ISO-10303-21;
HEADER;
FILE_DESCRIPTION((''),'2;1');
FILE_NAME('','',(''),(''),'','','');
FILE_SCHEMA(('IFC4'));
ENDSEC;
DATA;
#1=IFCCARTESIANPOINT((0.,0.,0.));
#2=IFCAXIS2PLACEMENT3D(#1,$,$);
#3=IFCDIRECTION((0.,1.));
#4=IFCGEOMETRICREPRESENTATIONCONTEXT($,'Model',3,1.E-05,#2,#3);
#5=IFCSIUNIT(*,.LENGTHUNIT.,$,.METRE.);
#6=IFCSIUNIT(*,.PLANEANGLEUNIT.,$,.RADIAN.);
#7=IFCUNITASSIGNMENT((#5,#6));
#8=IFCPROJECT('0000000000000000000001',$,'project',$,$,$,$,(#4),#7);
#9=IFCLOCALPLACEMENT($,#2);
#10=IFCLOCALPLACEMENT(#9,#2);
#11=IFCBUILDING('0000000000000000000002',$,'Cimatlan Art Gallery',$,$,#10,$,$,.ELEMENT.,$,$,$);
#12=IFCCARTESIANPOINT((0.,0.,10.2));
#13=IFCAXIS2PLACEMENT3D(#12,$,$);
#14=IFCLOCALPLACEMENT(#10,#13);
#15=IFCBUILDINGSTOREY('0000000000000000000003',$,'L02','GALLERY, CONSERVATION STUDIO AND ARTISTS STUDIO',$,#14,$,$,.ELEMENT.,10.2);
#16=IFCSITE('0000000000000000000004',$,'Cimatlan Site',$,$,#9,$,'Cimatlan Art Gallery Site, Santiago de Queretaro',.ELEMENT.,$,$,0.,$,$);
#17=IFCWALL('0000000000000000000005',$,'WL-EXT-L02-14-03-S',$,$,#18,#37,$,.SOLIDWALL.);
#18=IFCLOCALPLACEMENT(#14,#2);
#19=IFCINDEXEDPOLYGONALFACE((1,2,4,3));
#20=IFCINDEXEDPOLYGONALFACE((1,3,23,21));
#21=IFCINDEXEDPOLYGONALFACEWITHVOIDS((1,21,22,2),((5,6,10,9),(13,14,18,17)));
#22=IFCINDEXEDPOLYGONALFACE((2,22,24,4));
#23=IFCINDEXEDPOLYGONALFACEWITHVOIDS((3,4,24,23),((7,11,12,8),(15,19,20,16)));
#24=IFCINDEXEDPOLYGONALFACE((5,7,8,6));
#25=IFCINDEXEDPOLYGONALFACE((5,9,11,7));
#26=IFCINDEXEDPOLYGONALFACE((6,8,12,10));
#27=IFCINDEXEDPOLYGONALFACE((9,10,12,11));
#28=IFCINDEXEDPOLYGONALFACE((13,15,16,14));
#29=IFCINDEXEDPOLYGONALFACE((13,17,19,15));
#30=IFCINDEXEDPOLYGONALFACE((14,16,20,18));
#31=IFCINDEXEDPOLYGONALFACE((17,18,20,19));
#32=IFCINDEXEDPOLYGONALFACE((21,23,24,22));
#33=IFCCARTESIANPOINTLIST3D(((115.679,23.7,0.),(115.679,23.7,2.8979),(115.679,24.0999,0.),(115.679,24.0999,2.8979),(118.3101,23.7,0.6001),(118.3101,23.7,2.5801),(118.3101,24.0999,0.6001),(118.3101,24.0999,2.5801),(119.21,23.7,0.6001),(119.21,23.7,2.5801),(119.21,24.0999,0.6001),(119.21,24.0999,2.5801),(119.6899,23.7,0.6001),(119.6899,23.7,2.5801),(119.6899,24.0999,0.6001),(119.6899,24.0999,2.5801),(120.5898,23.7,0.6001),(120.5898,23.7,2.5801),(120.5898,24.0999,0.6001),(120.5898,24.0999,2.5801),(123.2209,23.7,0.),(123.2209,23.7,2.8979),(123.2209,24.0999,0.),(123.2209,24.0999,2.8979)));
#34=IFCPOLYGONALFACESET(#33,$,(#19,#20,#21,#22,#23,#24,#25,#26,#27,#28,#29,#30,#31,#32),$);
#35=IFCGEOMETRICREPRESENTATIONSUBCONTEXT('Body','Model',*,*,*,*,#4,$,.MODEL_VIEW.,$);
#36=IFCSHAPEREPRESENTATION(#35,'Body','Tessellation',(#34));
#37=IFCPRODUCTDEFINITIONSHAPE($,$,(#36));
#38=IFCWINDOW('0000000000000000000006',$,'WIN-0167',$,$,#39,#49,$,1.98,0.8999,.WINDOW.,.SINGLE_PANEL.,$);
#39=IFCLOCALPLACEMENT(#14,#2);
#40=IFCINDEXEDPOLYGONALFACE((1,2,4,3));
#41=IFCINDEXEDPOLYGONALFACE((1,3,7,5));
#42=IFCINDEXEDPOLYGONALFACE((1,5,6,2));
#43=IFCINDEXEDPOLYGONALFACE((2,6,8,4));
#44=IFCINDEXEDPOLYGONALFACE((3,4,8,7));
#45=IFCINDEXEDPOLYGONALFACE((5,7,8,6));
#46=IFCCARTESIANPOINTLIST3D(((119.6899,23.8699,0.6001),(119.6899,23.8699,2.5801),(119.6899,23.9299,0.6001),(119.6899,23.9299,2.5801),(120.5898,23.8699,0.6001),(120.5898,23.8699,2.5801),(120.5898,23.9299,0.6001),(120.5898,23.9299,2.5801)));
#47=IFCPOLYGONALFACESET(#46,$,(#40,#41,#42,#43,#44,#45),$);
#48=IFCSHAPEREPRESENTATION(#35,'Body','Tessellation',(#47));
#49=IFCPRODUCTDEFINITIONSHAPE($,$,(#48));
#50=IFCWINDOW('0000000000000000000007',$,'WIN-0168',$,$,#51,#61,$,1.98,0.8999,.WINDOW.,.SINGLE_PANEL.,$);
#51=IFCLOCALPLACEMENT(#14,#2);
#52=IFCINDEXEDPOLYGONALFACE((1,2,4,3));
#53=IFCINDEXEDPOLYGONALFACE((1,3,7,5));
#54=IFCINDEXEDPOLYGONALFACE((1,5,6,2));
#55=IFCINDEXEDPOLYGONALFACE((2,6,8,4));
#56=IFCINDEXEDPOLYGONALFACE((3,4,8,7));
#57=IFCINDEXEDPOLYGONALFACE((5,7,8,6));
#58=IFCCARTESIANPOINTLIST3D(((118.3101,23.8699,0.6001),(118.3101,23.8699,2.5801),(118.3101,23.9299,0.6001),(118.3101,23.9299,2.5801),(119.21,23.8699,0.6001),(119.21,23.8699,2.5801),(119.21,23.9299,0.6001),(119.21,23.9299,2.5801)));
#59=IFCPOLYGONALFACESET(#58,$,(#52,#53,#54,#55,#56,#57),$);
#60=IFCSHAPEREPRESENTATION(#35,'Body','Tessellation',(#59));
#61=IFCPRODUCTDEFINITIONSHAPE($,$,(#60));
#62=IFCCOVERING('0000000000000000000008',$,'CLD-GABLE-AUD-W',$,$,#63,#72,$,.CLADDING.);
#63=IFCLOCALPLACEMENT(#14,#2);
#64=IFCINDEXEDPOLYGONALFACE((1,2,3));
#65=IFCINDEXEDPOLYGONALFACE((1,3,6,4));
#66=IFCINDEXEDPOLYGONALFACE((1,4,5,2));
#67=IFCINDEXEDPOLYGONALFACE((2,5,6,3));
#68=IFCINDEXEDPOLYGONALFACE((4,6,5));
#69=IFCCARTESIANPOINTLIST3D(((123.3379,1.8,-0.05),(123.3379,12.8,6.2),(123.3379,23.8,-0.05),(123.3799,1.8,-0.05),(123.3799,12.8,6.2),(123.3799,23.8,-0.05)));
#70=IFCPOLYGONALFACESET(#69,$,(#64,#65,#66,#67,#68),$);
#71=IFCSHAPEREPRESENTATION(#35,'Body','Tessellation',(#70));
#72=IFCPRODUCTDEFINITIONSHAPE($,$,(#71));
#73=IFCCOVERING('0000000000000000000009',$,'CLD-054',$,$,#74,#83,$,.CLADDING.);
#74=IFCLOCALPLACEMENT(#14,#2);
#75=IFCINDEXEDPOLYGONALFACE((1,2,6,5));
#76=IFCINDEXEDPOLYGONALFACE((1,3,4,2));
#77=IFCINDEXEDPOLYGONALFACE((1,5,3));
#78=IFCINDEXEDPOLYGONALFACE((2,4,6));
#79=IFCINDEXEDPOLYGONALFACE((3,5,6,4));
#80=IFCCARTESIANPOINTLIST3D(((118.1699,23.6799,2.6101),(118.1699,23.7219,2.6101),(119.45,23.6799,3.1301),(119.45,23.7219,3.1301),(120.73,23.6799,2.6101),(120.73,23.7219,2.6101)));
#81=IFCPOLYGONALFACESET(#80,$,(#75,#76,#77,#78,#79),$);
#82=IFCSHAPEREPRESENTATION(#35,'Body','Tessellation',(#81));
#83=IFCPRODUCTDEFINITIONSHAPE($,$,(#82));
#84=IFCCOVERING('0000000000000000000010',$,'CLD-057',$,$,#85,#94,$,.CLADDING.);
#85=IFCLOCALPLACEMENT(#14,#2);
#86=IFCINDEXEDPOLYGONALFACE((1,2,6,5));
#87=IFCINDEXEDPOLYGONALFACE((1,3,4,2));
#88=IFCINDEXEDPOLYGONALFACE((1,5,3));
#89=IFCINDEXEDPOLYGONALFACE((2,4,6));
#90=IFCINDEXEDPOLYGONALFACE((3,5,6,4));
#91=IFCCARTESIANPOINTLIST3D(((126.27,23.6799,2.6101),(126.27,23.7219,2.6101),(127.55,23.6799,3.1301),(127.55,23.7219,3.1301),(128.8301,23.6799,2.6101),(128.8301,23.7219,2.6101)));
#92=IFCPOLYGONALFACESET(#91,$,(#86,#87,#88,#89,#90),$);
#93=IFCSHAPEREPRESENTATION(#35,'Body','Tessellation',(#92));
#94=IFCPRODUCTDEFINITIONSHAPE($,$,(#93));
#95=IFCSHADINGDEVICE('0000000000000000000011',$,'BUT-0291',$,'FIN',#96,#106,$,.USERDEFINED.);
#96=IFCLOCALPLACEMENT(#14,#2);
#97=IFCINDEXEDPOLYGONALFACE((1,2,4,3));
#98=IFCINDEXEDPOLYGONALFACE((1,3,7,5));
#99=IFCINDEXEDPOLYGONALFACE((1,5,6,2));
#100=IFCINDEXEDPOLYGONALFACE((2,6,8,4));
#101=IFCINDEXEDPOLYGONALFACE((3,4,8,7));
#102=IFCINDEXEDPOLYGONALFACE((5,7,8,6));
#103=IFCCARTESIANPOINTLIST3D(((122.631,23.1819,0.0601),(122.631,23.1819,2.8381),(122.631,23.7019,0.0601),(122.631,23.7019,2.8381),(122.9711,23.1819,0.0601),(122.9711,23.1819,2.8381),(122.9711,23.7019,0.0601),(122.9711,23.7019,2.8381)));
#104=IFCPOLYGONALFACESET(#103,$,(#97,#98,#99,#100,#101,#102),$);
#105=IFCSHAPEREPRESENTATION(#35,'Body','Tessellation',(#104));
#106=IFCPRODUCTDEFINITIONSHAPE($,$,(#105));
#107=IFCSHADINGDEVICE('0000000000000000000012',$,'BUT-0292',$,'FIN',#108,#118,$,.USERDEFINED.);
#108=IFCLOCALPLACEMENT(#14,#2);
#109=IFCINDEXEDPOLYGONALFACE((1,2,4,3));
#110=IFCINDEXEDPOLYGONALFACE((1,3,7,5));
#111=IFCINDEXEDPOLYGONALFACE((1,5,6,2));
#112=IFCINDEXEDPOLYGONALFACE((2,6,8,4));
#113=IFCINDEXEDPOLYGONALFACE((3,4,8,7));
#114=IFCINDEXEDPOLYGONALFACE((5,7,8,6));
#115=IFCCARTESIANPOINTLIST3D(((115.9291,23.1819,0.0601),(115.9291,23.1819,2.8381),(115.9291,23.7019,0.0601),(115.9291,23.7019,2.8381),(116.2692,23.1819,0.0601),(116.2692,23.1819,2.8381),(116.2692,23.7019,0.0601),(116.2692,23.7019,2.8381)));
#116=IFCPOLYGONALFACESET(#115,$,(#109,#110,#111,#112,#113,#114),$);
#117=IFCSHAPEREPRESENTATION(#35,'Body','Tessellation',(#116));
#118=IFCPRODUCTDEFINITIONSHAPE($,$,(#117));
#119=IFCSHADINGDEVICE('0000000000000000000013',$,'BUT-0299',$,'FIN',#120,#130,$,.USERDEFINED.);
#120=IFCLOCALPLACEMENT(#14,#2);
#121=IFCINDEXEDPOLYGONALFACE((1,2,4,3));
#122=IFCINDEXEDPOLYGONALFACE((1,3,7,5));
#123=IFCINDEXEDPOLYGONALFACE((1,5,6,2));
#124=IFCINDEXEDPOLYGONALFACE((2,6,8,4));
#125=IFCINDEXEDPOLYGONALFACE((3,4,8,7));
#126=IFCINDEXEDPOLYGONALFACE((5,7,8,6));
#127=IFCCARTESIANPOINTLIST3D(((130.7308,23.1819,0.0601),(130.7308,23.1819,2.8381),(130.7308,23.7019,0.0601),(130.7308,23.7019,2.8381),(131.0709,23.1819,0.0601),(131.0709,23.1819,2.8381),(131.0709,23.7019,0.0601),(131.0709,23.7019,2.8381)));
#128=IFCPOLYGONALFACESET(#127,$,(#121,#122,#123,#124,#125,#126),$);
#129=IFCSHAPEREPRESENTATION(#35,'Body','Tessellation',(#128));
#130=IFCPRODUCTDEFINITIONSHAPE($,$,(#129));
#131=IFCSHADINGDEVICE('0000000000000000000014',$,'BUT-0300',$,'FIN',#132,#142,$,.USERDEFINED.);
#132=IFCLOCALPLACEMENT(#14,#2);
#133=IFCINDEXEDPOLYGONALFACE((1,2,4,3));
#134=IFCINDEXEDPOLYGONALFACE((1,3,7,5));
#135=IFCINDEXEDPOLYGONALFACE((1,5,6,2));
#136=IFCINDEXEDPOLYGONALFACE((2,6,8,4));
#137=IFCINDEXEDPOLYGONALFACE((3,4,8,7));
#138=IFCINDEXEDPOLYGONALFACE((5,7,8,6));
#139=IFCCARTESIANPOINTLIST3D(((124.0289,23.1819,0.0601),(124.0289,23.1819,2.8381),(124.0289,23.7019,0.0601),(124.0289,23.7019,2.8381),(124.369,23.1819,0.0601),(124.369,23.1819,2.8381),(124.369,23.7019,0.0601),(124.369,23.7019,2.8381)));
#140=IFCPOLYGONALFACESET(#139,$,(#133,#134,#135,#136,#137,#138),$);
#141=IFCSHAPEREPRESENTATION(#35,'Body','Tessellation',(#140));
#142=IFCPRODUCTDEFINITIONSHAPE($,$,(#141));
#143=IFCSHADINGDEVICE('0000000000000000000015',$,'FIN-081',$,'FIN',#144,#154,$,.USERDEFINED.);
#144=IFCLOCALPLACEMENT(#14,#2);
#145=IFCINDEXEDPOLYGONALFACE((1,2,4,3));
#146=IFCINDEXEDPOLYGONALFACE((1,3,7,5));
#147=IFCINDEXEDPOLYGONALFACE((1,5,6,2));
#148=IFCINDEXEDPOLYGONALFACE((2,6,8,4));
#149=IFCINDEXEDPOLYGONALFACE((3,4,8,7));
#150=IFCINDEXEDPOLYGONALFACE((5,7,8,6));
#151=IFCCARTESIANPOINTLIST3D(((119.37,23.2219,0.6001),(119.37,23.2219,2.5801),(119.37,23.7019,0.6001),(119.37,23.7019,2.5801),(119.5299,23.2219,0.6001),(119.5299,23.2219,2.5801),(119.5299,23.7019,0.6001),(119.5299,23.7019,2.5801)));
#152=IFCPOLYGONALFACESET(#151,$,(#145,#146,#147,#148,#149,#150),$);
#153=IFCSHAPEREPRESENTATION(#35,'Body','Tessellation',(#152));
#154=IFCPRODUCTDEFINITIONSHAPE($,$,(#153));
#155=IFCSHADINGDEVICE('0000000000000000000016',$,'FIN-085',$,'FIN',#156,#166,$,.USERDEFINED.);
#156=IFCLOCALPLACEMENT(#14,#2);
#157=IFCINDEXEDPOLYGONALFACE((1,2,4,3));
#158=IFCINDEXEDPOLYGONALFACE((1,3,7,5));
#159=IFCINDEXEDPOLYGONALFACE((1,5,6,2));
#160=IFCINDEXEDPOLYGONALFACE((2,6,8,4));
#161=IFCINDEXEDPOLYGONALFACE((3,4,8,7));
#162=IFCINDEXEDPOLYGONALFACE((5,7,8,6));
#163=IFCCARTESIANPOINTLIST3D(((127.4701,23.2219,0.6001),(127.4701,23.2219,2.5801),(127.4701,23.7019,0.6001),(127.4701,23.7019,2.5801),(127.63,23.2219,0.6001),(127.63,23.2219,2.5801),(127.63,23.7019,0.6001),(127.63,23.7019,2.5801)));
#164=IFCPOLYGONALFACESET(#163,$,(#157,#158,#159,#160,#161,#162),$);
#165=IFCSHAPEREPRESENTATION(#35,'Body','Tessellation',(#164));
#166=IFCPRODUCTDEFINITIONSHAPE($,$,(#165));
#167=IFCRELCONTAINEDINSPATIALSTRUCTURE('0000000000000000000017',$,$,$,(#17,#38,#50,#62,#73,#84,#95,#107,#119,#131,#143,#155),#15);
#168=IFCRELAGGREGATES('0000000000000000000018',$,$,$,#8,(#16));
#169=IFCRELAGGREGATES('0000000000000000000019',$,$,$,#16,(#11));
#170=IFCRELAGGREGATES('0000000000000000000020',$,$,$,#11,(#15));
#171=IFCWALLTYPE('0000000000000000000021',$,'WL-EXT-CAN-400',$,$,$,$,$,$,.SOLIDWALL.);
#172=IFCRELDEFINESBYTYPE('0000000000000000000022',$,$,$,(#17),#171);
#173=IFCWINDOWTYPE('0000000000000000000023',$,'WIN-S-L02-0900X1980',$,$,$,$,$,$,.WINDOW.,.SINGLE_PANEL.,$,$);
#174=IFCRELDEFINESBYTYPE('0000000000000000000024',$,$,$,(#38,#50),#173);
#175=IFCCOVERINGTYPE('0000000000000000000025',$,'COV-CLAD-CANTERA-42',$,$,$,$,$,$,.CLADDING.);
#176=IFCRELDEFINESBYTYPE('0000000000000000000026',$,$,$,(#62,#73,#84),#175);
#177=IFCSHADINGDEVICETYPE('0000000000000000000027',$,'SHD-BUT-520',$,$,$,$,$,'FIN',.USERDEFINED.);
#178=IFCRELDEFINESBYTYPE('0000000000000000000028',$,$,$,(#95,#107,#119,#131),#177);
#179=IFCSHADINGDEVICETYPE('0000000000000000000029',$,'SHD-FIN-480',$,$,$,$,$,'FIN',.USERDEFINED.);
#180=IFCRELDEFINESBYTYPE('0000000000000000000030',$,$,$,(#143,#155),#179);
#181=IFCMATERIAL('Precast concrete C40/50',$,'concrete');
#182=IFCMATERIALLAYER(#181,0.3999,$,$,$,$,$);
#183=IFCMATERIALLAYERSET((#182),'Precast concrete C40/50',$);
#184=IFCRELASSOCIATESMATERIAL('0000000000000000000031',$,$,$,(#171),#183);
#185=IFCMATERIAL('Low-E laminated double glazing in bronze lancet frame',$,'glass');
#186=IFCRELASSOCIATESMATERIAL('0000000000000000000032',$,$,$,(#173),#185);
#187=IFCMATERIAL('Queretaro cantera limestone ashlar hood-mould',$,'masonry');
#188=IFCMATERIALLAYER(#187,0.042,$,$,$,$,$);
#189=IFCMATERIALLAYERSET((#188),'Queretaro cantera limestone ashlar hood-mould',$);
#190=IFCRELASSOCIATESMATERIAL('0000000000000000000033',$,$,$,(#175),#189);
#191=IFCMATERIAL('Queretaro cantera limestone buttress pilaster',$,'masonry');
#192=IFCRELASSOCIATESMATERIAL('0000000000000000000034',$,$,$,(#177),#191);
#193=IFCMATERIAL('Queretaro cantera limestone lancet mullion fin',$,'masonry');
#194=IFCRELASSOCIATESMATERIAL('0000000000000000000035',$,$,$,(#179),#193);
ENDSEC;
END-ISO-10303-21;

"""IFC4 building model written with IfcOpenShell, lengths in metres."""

from ifc_helpers import new_model, si_unit, direction, frame, frame_2d, origin, origin_2d, place, context, subcontext, project, spatial, polyline, rectangle, outline, extrude, material, layer, layer_set, type_object, element, fill, save


model = new_model("IFC4")

# Units and contexts
model_context = context("Model", 3, precision=1e-05, world=origin(), true_north=direction((0.0, 1.0)))
body_context = subcontext(model_context, "Body", "Model", "MODEL_VIEW")
ifc_project = project(units=[si_unit("LENGTHUNIT", "METRE"), si_unit("PLANEANGLEUNIT", "RADIAN")], contexts=[model_context])

# Site, building, storey
site_placement = place(None, origin())
site = spatial("IfcSite", under=ifc_project, at=site_placement, Name="Cimatlan Site", LongName="Cimatlan Art Gallery Site, Santiago de Queretaro", CompositionType="ELEMENT", RefElevation=0.0)
building_placement = place(site_placement, origin())
building = spatial("IfcBuilding", under=site, at=building_placement, Name="Cimatlan Art Gallery", CompositionType="ELEMENT")
storey_placement = place(building_placement, frame((0.0, 0.0, 10.2)))
storey = spatial("IfcBuildingStorey", under=building, at=storey_placement, Name="L02", Description="GALLERY, CONSERVATION STUDIO AND ARTISTS STUDIO", CompositionType="ELEMENT", Elevation=10.2)

# Wall, openings, windows
ifc_material_1 = material(Name="Precast concrete C40/50", Category="concrete")
ifc_layer_1 = layer(ifc_material_1, 0.3999)
ifc_layer_set_1 = layer_set([ifc_layer_1], Name="Precast concrete C40/50")
wall_type = type_object("IfcWallType", Name="WL-EXT-CAN-400", PredefinedType="SOLIDWALL", material=ifc_layer_set_1)
wall_placement = place(storey_placement, frame((123.2209, 23.8999, 0.0), z_axis=(0.0, 0.0, 1.0), x_axis=(-1.0, 0.0, 0.0)))
wall = element("IfcWall", 1, at=wall_placement, inside=storey, type_object=wall_type, Name="WL-EXT-L02-14-03-S", PredefinedType="SOLIDWALL", context=body_context, shape_type="SweptSolid", body=[
    extrude(rectangle(XDim=7.542, YDim=0.3999, at=frame_2d((3.771, 0.0))), origin(), (0.0, 0.0, 1.0), 2.8979),
])
opening_1_placement = place(wall_placement, frame((2.6311, 0.0, 0.6001)))
opening_1 = element("IfcOpeningElement", 2, at=opening_1_placement, cuts=wall, PredefinedType="OPENING", context=body_context, shape_type="SweptSolid", body=[
    extrude(rectangle(XDim=0.8999, YDim=1.98, at=frame_2d((0.45, 0.99))), frame((0.0, 0.21, 0.0), z_axis=(0.0, -1.0, 0.0), x_axis=(1.0, 0.0, 0.0)), (0.0, 0.0, 1.0), 0.4199),
])
opening_2_placement = place(wall_placement, frame((4.011, 0.0, 0.6001)))
opening_2 = element("IfcOpeningElement", 3, at=opening_2_placement, cuts=wall, PredefinedType="OPENING", context=body_context, shape_type="SweptSolid", body=[
    extrude(rectangle(XDim=0.8999, YDim=1.98, at=frame_2d((0.45, 0.99))), frame((0.0, 0.21, 0.0), z_axis=(0.0, -1.0, 0.0), x_axis=(1.0, 0.0, 0.0)), (0.0, 0.0, 1.0), 0.4199),
])
ifc_material_2 = material(Name="Low-E laminated double glazing in bronze lancet frame", Category="glass")
window_type = type_object("IfcWindowType", Name="WIN-S-L02-0900X1980", PartitioningType="SINGLE_PANEL", PredefinedType="WINDOW", material=ifc_material_2)
window_1_placement = place(opening_1_placement, origin())
window_1 = element("IfcWindow", 4, at=window_1_placement, inside=storey, type_object=window_type, Name="WIN-0167", OverallHeight=1.98, OverallWidth=0.8999, PartitioningType="SINGLE_PANEL", PredefinedType="WINDOW", context=body_context, shape_type="SweptSolid", body=[
    extrude(rectangle(XDim=0.8999, YDim=1.98, at=frame_2d((0.45, 0.99))), frame((0.0, 0.03, 0.0), z_axis=(0.0, -1.0, 0.0), x_axis=(1.0, 0.0, 0.0)), (0.0, 0.0, 1.0), 0.0601),
])
fill(opening_1, window_1)
window_2_placement = place(opening_2_placement, origin())
window_2 = element("IfcWindow", 5, at=window_2_placement, inside=storey, type_object=window_type, Name="WIN-0168", OverallHeight=1.98, OverallWidth=0.8999, PartitioningType="SINGLE_PANEL", PredefinedType="WINDOW", context=body_context, shape_type="SweptSolid", body=[
    extrude(rectangle(XDim=0.8999, YDim=1.98, at=frame_2d((0.45, 0.99))), frame((0.0, 0.03, 0.0), z_axis=(0.0, -1.0, 0.0), x_axis=(1.0, 0.0, 0.0)), (0.0, 0.0, 1.0), 0.0601),
])
fill(opening_2, window_2)

# Coverings
ifc_material_3 = material(Name="Queretaro cantera limestone ashlar hood-mould", Category="masonry")
ifc_layer_2 = layer(ifc_material_3, 0.042)
ifc_layer_set_2 = layer_set([ifc_layer_2], Name="Queretaro cantera limestone ashlar hood-mould")
covering_type = type_object("IfcCoveringType", Name="COV-CLAD-CANTERA-42", PredefinedType="CLADDING", material=ifc_layer_set_2)
covering_placement = place(storey_placement, frame((123.3799, 1.8, -0.05), z_axis=(1.0, 0.0, 0.0), x_axis=(0.0, 1.0, 0.0)))
element("IfcCovering", 6, at=covering_placement, inside=storey, type_object=covering_type, Name="CLD-GABLE-AUD-W", PredefinedType="CLADDING", context=body_context, shape_type="SweptSolid", body=[
    extrude(outline(polyline([(0.0, 0.0), (22.0, 0.0), (11.0, 6.25), (0.0, 0.0)])), origin(), (0.0, 0.0, -1.0), 0.042),
])
for number, where, z_axis, x_axis, name in (
    (7, (120.73, 23.7219, 2.6101), (0.0, 1.0, 0.0), (-1.0, 0.0, 0.0), "CLD-054"),
    (8, (128.8301, 23.7219, 2.6101), (0.0, 1.0, 0.0), (-1.0, 0.0, 0.0), "CLD-057"),
):
    element("IfcCovering", number, at=place(storey_placement, frame(where, z_axis=z_axis, x_axis=x_axis)), inside=storey, type_object=covering_type, Name=name, PredefinedType="CLADDING", context=body_context, shape_type="SweptSolid", body=[
        extrude(outline(polyline([(0.0, 0.0), (2.5601, 0.0), (1.28, 0.52), (0.0, 0.0)])), origin(), (0.0, 0.0, -1.0), 0.042),
    ])

# Shading devices
ifc_material_4 = material(Name="Queretaro cantera limestone buttress pilaster", Category="masonry")
shading_device_type_1 = type_object("IfcShadingDeviceType", Name="SHD-BUT-520", ElementType="FIN", PredefinedType="USERDEFINED", material=ifc_material_4)
for number, where, z_axis, x_axis, name in (
    (9, (122.801, 23.4419, 0.0601), (0.0, 0.0, 1.0), (-1.0, 0.0, 0.0), "BUT-0291"),
    (10, (116.0991, 23.4419, 0.0601), (0.0, 0.0, 1.0), (-1.0, 0.0, 0.0), "BUT-0292"),
    (11, (130.9009, 23.4419, 0.0601), (0.0, 0.0, 1.0), (-1.0, 0.0, 0.0), "BUT-0299"),
    (12, (124.199, 23.4419, 0.0601), (0.0, 0.0, 1.0), (-1.0, 0.0, 0.0), "BUT-0300"),
):
    element("IfcShadingDevice", number, at=place(storey_placement, frame(where, z_axis=z_axis, x_axis=x_axis)), inside=storey, type_object=shading_device_type_1, Name=name, ObjectType="FIN", PredefinedType="USERDEFINED", context=body_context, shape_type="SweptSolid", body=[
        extrude(rectangle(XDim=0.3401, YDim=0.52, at=origin_2d()), origin(), (0.0, 0.0, 1.0), 2.7781),
    ])
ifc_material_5 = material(Name="Queretaro cantera limestone lancet mullion fin", Category="masonry")
shading_device_type_2 = type_object("IfcShadingDeviceType", Name="SHD-FIN-480", ElementType="FIN", PredefinedType="USERDEFINED", material=ifc_material_5)
for number, where, z_axis, x_axis, name in (
    (13, (119.45, 23.4619, 0.6001), (0.0, 0.0, 1.0), (-1.0, 0.0, 0.0), "FIN-081"),
    (14, (127.55, 23.4619, 0.6001), (0.0, 0.0, 1.0), (-1.0, 0.0, 0.0), "FIN-085"),
):
    element("IfcShadingDevice", number, at=place(storey_placement, frame(where, z_axis=z_axis, x_axis=x_axis)), inside=storey, type_object=shading_device_type_2, Name=name, ObjectType="FIN", PredefinedType="USERDEFINED", context=body_context, shape_type="SweptSolid", body=[
        extrude(rectangle(XDim=0.1599, YDim=0.48, at=origin_2d()), origin(), (0.0, 0.0, 1.0), 1.98),
    ])

save(model, "model.ifc")
